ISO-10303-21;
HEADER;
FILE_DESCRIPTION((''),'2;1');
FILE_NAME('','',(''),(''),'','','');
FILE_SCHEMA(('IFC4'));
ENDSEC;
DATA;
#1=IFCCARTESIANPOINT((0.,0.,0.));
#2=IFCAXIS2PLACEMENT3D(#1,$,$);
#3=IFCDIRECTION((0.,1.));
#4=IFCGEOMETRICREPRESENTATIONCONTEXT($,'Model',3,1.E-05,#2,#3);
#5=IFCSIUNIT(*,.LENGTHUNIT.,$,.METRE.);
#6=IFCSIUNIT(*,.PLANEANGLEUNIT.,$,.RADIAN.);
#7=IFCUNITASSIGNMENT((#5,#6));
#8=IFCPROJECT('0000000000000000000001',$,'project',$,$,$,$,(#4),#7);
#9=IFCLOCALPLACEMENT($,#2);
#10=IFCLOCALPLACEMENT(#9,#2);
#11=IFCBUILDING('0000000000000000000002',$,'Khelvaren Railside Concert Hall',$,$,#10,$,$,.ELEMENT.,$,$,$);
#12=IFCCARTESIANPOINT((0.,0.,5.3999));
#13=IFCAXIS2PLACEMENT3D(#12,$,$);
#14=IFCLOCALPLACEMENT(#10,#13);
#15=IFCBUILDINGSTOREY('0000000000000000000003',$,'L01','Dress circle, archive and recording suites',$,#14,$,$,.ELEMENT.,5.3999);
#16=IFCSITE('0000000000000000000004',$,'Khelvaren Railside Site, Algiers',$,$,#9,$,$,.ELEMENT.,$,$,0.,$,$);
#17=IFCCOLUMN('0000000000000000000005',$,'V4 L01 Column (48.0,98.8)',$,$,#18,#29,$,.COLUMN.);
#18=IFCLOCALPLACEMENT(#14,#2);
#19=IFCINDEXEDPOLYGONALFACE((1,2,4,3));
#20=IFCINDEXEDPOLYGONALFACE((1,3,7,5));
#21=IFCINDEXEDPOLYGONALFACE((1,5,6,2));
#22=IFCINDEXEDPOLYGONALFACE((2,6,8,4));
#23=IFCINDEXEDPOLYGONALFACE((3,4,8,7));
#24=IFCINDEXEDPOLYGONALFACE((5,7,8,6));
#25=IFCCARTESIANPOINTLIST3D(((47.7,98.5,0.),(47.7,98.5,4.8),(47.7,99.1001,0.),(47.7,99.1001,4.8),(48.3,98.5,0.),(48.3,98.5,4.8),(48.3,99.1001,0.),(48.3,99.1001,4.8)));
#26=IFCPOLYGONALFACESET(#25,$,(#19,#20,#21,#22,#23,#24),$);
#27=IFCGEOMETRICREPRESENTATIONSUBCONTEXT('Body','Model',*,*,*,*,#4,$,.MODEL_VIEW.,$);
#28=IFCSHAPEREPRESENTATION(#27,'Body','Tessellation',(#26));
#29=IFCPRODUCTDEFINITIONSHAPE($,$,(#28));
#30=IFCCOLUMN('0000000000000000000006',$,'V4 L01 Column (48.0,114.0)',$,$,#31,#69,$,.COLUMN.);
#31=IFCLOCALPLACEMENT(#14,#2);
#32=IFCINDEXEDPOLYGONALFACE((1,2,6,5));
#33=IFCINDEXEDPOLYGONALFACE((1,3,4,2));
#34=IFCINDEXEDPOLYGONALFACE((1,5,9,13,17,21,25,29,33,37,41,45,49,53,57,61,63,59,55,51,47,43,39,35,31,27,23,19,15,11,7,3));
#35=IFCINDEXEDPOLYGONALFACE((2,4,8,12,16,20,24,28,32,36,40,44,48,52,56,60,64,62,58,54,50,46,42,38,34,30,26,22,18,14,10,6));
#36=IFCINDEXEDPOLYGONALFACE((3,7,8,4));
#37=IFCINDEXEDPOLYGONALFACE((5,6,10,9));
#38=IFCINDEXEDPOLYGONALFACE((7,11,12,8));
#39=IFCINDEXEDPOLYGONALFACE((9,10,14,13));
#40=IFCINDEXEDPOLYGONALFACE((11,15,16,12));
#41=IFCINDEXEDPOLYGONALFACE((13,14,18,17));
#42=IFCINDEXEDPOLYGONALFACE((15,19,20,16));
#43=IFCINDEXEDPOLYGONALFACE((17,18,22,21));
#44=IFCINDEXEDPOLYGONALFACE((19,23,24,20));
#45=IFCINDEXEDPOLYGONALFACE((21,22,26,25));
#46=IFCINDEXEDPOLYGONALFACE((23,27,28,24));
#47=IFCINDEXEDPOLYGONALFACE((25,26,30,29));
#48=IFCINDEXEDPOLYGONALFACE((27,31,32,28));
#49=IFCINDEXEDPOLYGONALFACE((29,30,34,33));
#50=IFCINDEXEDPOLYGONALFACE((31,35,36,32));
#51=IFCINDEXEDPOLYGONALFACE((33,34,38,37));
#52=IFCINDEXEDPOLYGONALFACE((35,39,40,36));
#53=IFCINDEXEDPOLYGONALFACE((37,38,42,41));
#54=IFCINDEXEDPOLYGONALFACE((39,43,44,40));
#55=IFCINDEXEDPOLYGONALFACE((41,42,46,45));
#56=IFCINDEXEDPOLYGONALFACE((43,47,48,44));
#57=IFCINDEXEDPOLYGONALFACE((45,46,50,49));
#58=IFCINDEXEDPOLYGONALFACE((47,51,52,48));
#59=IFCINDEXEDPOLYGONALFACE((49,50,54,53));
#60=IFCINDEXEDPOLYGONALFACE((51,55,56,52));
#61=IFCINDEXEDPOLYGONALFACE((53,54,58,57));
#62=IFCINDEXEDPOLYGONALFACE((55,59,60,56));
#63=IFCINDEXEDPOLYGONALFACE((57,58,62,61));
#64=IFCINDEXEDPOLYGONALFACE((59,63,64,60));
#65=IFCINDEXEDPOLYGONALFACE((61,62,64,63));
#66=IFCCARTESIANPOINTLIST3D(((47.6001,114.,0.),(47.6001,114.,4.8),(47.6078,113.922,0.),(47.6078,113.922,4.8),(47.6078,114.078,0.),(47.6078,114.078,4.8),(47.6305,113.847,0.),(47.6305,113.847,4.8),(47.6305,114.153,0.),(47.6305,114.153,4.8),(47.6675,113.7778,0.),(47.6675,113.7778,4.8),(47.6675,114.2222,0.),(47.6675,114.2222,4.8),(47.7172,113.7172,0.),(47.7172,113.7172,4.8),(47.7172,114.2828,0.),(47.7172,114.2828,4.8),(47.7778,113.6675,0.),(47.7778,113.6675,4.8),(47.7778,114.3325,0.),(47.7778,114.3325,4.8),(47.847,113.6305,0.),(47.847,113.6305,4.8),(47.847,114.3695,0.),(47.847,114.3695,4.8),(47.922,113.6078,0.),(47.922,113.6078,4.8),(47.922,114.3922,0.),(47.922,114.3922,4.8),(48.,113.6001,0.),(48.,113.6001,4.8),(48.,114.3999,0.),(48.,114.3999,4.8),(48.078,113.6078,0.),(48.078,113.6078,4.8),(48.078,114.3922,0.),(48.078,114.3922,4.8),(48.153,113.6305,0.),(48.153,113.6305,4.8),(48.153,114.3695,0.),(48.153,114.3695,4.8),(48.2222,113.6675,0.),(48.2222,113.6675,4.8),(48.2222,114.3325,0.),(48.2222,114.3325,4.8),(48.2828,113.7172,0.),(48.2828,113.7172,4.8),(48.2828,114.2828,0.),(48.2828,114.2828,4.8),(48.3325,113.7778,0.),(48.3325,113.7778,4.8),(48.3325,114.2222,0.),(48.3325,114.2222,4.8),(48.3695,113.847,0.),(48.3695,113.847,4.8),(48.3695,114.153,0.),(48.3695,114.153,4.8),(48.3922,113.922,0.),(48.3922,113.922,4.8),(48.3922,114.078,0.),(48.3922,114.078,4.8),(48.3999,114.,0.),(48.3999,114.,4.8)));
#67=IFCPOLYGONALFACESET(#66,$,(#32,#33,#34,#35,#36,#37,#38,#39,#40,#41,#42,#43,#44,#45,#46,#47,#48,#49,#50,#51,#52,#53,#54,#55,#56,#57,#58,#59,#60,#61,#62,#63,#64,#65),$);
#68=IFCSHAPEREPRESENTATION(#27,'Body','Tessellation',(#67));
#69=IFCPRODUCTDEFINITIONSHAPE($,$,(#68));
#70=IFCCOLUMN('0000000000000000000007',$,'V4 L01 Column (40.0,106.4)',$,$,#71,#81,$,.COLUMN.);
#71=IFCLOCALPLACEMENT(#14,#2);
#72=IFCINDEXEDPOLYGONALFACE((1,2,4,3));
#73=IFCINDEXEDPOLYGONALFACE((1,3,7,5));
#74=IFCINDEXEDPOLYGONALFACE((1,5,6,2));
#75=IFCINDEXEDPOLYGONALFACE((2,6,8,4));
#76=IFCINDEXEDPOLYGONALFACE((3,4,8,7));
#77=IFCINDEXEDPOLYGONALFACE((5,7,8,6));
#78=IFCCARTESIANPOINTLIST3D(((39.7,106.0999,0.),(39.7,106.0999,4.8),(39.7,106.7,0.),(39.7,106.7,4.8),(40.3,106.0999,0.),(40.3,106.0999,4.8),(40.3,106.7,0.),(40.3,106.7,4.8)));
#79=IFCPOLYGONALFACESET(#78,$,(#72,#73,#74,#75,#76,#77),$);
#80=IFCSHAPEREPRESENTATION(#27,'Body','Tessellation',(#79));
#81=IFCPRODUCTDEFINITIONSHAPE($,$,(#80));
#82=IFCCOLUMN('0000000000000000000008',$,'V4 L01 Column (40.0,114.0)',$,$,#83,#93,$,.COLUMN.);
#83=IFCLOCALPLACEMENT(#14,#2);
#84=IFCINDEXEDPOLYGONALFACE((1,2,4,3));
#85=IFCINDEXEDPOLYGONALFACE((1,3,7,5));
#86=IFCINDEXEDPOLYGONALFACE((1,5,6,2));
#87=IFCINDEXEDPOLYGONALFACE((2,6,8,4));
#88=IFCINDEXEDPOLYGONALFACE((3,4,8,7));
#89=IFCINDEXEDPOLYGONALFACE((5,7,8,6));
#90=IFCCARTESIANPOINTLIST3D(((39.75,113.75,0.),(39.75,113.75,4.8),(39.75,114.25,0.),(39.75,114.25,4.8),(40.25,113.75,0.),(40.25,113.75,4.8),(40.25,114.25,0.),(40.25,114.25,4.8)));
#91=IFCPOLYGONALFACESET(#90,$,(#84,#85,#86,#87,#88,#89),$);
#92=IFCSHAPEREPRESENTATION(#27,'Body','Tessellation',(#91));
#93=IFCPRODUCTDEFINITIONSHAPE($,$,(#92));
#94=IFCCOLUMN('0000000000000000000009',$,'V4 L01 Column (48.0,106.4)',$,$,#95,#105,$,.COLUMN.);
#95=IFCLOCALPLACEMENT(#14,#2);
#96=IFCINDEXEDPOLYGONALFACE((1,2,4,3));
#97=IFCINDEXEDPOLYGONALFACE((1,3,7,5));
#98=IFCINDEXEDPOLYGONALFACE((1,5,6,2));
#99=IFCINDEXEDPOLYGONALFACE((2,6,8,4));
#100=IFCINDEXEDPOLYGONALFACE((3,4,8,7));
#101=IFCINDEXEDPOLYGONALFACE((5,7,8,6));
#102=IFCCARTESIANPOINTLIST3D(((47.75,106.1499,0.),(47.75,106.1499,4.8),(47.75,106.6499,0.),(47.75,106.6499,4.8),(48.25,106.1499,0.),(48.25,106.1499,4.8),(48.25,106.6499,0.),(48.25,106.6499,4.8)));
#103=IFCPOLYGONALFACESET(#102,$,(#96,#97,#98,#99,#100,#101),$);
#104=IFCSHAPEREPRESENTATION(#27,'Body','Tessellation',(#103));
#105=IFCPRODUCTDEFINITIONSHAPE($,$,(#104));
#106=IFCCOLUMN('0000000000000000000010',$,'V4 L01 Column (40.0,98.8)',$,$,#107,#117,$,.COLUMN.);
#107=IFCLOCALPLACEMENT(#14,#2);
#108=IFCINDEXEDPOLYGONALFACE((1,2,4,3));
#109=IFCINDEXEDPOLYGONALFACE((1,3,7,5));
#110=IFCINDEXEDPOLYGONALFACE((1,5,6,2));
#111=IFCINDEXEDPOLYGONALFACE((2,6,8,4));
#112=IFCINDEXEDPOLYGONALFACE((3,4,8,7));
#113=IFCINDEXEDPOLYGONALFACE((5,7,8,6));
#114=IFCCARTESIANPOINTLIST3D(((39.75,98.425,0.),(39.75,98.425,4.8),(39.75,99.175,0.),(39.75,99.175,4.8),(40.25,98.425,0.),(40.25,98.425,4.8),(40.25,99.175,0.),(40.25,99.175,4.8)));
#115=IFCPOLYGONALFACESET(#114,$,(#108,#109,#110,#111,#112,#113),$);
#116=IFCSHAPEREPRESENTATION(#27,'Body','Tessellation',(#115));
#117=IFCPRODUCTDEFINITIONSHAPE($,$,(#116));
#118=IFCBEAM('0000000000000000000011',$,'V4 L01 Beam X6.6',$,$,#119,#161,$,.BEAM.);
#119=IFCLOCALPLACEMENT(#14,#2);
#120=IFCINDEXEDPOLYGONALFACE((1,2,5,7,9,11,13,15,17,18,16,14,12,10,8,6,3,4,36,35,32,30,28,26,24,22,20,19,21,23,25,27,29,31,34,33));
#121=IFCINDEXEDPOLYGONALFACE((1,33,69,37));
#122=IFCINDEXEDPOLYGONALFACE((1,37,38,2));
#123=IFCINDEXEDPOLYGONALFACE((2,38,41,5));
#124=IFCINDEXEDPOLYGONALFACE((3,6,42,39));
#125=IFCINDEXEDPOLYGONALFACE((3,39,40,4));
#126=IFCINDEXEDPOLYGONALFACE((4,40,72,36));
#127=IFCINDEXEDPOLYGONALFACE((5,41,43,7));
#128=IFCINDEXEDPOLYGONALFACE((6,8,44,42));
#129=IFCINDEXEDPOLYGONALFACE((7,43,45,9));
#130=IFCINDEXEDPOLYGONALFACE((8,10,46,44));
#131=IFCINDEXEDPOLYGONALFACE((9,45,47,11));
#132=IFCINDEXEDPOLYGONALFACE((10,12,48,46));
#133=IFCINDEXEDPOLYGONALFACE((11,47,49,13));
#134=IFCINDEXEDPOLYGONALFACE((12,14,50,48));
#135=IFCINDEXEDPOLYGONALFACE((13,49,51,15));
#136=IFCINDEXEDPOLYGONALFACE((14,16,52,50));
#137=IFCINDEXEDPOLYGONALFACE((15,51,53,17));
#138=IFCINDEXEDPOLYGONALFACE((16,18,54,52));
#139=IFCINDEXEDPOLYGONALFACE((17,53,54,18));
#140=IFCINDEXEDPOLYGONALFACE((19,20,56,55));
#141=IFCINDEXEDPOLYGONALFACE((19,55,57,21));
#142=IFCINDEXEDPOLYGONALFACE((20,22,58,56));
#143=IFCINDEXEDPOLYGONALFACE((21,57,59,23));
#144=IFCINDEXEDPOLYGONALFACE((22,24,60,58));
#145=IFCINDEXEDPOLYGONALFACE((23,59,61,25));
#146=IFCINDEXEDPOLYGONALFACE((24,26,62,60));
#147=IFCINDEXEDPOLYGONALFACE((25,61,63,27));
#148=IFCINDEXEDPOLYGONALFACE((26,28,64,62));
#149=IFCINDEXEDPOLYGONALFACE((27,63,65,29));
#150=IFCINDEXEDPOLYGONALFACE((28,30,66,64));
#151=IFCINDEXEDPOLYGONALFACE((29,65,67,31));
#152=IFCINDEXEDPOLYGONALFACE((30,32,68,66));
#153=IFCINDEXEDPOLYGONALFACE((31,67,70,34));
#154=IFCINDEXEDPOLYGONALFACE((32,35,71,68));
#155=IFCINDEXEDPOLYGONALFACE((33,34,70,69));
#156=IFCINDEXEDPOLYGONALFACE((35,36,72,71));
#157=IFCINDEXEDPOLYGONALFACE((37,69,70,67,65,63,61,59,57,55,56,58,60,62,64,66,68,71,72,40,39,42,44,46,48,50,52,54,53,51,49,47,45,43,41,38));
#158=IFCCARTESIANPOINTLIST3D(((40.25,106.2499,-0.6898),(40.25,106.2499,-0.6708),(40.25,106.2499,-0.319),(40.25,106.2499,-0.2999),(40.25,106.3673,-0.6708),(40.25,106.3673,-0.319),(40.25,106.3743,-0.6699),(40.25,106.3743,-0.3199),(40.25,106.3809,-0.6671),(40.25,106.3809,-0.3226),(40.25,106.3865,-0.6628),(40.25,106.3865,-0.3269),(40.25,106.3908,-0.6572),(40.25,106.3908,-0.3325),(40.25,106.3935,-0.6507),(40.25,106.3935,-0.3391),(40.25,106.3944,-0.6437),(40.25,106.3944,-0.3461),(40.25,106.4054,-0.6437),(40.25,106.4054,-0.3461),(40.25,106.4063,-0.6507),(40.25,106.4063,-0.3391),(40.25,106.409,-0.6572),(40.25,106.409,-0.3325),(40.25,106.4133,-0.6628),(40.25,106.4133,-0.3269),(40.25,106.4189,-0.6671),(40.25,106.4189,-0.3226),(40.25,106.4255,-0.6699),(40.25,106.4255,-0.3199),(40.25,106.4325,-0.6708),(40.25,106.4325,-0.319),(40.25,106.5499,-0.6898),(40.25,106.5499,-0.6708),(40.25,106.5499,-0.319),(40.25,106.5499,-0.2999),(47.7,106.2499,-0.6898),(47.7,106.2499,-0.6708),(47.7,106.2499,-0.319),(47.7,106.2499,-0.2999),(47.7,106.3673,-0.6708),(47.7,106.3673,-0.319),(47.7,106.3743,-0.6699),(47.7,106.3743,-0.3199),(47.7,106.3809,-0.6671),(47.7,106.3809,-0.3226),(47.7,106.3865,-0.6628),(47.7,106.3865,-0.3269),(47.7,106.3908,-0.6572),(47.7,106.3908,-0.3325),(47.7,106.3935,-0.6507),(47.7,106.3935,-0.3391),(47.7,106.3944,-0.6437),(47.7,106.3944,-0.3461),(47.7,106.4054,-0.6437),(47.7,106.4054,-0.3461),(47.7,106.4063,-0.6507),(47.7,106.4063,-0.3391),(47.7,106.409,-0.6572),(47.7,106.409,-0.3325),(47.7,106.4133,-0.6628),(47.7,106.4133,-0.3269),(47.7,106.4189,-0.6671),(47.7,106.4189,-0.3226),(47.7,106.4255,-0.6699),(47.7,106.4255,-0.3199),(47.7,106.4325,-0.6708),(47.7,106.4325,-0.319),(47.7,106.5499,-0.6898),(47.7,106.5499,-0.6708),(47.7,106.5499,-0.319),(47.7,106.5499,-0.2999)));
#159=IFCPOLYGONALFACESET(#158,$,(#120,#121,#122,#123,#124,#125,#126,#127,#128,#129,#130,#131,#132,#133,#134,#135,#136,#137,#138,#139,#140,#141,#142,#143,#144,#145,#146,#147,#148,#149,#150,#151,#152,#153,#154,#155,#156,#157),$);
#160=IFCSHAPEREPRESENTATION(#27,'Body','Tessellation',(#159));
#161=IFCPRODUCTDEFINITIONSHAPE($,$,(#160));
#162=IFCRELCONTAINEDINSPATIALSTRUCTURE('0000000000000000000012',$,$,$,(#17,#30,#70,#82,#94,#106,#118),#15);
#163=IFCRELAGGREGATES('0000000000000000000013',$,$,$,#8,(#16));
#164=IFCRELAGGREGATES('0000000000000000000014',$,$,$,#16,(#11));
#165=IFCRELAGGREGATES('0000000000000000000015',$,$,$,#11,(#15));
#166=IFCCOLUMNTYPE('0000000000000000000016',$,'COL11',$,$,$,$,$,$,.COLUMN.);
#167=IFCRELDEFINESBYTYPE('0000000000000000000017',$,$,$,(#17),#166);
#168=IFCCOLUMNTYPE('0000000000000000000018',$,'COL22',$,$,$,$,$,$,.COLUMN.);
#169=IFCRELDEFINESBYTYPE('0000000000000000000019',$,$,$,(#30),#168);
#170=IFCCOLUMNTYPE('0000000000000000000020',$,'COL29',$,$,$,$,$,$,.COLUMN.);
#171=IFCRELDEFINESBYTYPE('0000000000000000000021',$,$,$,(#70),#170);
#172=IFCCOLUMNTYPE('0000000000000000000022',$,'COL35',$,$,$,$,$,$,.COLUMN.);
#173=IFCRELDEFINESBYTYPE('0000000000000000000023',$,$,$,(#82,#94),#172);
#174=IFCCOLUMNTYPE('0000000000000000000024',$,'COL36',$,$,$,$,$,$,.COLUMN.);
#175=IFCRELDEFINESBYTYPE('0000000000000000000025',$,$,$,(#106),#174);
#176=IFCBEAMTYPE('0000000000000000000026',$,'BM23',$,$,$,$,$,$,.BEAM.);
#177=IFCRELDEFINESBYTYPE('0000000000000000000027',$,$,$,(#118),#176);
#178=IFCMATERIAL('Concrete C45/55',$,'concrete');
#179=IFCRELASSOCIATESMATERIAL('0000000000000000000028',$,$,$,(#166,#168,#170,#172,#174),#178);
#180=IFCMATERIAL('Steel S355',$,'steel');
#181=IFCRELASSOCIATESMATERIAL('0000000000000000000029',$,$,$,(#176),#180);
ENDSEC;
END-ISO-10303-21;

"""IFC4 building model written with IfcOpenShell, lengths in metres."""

from ifc_helpers import new_model, si_unit, direction, frame, origin, origin_2d, place, context, subcontext, project, spatial, rectangle, circle, i_section, extrude, material, material_profile, profile_set, type_object, element, save


model = new_model("IFC4")

# Units and contexts
model_context = context("Model", 3, precision=1e-05, world=origin(), true_north=direction((0.0, 1.0)))
body_context = subcontext(model_context, "Body", "Model", "MODEL_VIEW")
ifc_project = project(units=[si_unit("LENGTHUNIT", "METRE"), si_unit("PLANEANGLEUNIT", "RADIAN")], contexts=[model_context])

# Site, building, storey
site_placement = place(None, origin())
site = spatial("IfcSite", under=ifc_project, at=site_placement, Name="Khelvaren Railside Site, Algiers", CompositionType="ELEMENT", RefElevation=0.0)
building_placement = place(site_placement, origin())
building = spatial("IfcBuilding", under=site, at=building_placement, Name="Khelvaren Railside Concert Hall", CompositionType="ELEMENT")
storey_placement = place(building_placement, frame((0.0, 0.0, 5.3999)))
storey = spatial("IfcBuildingStorey", under=building, at=storey_placement, Name="L01", Description="Dress circle, archive and recording suites", CompositionType="ELEMENT", Elevation=5.3999)

# Columns
ifc_material_1 = material(Name="Concrete C45/55", Category="concrete")
ifc_material_profile_1 = material_profile(ifc_material_1, rectangle(XDim=0.6001, YDim=0.6001, at=origin_2d()), Name="RC 600x600")
ifc_profile_set_1 = profile_set([ifc_material_profile_1], Name="Concrete C45/55")
column_type_1 = type_object("IfcColumnType", Name="COL11", PredefinedType="COLUMN", material=ifc_profile_set_1)
column_1_placement = place(storey_placement, frame((48.0, 98.8, 0.0), z_axis=(0.0, 0.0, 1.0), x_axis=(1.0, 0.0, 0.0)))
element("IfcColumn", 1, at=column_1_placement, inside=storey, type_object=column_type_1, Name="V4 L01 Column (48.0,98.8)", PredefinedType="COLUMN", context=body_context, shape_type="SweptSolid", body=[
    extrude(rectangle(XDim=0.6001, YDim=0.6001, at=origin_2d()), origin(), (0.0, 0.0, 1.0), 4.8),
])
ifc_material_profile_2 = material_profile(ifc_material_1, circle(Radius=0.3999, at=origin_2d()), Name="RC D800")
ifc_profile_set_2 = profile_set([ifc_material_profile_2], Name="Concrete C45/55")
column_type_2 = type_object("IfcColumnType", Name="COL22", PredefinedType="COLUMN", material=ifc_profile_set_2)
column_2_placement = place(storey_placement, frame((48.0, 114.0, 0.0), z_axis=(0.0, 0.0, 1.0), x_axis=(1.0, 0.0, 0.0)))
element("IfcColumn", 2, at=column_2_placement, inside=storey, type_object=column_type_2, Name="V4 L01 Column (48.0,114.0)", PredefinedType="COLUMN", context=body_context, shape_type="SweptSolid", body=[
    extrude(circle(Radius=0.3999, at=origin_2d()), origin(), (0.0, 0.0, 1.0), 4.8),
])
ifc_material_profile_3 = material_profile(ifc_material_1, rectangle(XDim=0.6001, YDim=0.6001, at=origin_2d()), Name="RC 600x600")
ifc_profile_set_3 = profile_set([ifc_material_profile_3], Name="Concrete C45/55")
column_type_3 = type_object("IfcColumnType", Name="COL29", PredefinedType="COLUMN", material=ifc_profile_set_3)
column_3_placement = place(storey_placement, frame((40.0, 106.3999, 0.0), z_axis=(0.0, 0.0, 1.0), x_axis=(1.0, 0.0, 0.0)))
element("IfcColumn", 3, at=column_3_placement, inside=storey, type_object=column_type_3, Name="V4 L01 Column (40.0,106.4)", PredefinedType="COLUMN", context=body_context, shape_type="SweptSolid", body=[
    extrude(rectangle(XDim=0.6001, YDim=0.6001, at=origin_2d()), origin(), (0.0, 0.0, 1.0), 4.8),
])
ifc_material_profile_4 = material_profile(ifc_material_1, rectangle(XDim=0.5, YDim=0.5, at=origin_2d()), Name="RC 500x500")
ifc_profile_set_4 = profile_set([ifc_material_profile_4], Name="Concrete C45/55")
column_type_4 = type_object("IfcColumnType", Name="COL35", PredefinedType="COLUMN", material=ifc_profile_set_4)
for number, where, z_axis, x_axis, name in (
    (4, (40.0, 114.0, 0.0), (0.0, 0.0, 1.0), (1.0, 0.0, 0.0), "V4 L01 Column (40.0,114.0)"),
    (5, (48.0, 106.3999, 0.0), (0.0, 0.0, 1.0), (1.0, 0.0, 0.0), "V4 L01 Column (48.0,106.4)"),
):
    element("IfcColumn", number, at=place(storey_placement, frame(where, z_axis=z_axis, x_axis=x_axis)), inside=storey, type_object=column_type_4, Name=name, PredefinedType="COLUMN", context=body_context, shape_type="SweptSolid", body=[
        extrude(rectangle(XDim=0.5, YDim=0.5, at=origin_2d()), origin(), (0.0, 0.0, 1.0), 4.8),
    ])
ifc_material_profile_5 = material_profile(ifc_material_1, rectangle(XDim=0.5, YDim=0.75, at=origin_2d()), Name="RC 500x750")
ifc_profile_set_5 = profile_set([ifc_material_profile_5], Name="Concrete C45/55")
column_type_5 = type_object("IfcColumnType", Name="COL36", PredefinedType="COLUMN", material=ifc_profile_set_5)
column_4_placement = place(storey_placement, frame((40.0, 98.8, 0.0), z_axis=(0.0, 0.0, 1.0), x_axis=(1.0, 0.0, 0.0)))
element("IfcColumn", 6, at=column_4_placement, inside=storey, type_object=column_type_5, Name="V4 L01 Column (40.0,98.8)", PredefinedType="COLUMN", context=body_context, shape_type="SweptSolid", body=[
    extrude(rectangle(XDim=0.5, YDim=0.75, at=origin_2d()), origin(), (0.0, 0.0, 1.0), 4.8),
])

# Beam
ifc_material_2 = material(Name="Steel S355", Category="steel")
ifc_material_profile_6 = material_profile(ifc_material_2, i_section(OverallWidth=0.3, OverallDepth=0.3899, WebThickness=0.011, FlangeThickness=0.019, FilletRadius=0.0271, at=origin_2d()), Name="HEA 400")
ifc_profile_set_6 = profile_set([ifc_material_profile_6], Name="Steel S355")
beam_type_1 = type_object("IfcBeamType", Name="BM23", PredefinedType="BEAM", material=ifc_profile_set_6)
beam_1_placement = place(storey_placement, frame((40.25, 106.3999, -0.4949), z_axis=(1.0, 0.0, 0.0), x_axis=(0.0, 1.0, 0.0)))
element("IfcBeam", 7, at=beam_1_placement, inside=storey, type_object=beam_type_1, Name="V4 L01 Beam X6.6", PredefinedType="BEAM", context=body_context, shape_type="SweptSolid", body=[
    extrude(i_section(OverallWidth=0.3, OverallDepth=0.3899, WebThickness=0.011, FlangeThickness=0.019, FilletRadius=0.0271, at=origin_2d()), origin(), (0.0, 0.0, 1.0), 7.45),
])

save(model, "model.ifc")
